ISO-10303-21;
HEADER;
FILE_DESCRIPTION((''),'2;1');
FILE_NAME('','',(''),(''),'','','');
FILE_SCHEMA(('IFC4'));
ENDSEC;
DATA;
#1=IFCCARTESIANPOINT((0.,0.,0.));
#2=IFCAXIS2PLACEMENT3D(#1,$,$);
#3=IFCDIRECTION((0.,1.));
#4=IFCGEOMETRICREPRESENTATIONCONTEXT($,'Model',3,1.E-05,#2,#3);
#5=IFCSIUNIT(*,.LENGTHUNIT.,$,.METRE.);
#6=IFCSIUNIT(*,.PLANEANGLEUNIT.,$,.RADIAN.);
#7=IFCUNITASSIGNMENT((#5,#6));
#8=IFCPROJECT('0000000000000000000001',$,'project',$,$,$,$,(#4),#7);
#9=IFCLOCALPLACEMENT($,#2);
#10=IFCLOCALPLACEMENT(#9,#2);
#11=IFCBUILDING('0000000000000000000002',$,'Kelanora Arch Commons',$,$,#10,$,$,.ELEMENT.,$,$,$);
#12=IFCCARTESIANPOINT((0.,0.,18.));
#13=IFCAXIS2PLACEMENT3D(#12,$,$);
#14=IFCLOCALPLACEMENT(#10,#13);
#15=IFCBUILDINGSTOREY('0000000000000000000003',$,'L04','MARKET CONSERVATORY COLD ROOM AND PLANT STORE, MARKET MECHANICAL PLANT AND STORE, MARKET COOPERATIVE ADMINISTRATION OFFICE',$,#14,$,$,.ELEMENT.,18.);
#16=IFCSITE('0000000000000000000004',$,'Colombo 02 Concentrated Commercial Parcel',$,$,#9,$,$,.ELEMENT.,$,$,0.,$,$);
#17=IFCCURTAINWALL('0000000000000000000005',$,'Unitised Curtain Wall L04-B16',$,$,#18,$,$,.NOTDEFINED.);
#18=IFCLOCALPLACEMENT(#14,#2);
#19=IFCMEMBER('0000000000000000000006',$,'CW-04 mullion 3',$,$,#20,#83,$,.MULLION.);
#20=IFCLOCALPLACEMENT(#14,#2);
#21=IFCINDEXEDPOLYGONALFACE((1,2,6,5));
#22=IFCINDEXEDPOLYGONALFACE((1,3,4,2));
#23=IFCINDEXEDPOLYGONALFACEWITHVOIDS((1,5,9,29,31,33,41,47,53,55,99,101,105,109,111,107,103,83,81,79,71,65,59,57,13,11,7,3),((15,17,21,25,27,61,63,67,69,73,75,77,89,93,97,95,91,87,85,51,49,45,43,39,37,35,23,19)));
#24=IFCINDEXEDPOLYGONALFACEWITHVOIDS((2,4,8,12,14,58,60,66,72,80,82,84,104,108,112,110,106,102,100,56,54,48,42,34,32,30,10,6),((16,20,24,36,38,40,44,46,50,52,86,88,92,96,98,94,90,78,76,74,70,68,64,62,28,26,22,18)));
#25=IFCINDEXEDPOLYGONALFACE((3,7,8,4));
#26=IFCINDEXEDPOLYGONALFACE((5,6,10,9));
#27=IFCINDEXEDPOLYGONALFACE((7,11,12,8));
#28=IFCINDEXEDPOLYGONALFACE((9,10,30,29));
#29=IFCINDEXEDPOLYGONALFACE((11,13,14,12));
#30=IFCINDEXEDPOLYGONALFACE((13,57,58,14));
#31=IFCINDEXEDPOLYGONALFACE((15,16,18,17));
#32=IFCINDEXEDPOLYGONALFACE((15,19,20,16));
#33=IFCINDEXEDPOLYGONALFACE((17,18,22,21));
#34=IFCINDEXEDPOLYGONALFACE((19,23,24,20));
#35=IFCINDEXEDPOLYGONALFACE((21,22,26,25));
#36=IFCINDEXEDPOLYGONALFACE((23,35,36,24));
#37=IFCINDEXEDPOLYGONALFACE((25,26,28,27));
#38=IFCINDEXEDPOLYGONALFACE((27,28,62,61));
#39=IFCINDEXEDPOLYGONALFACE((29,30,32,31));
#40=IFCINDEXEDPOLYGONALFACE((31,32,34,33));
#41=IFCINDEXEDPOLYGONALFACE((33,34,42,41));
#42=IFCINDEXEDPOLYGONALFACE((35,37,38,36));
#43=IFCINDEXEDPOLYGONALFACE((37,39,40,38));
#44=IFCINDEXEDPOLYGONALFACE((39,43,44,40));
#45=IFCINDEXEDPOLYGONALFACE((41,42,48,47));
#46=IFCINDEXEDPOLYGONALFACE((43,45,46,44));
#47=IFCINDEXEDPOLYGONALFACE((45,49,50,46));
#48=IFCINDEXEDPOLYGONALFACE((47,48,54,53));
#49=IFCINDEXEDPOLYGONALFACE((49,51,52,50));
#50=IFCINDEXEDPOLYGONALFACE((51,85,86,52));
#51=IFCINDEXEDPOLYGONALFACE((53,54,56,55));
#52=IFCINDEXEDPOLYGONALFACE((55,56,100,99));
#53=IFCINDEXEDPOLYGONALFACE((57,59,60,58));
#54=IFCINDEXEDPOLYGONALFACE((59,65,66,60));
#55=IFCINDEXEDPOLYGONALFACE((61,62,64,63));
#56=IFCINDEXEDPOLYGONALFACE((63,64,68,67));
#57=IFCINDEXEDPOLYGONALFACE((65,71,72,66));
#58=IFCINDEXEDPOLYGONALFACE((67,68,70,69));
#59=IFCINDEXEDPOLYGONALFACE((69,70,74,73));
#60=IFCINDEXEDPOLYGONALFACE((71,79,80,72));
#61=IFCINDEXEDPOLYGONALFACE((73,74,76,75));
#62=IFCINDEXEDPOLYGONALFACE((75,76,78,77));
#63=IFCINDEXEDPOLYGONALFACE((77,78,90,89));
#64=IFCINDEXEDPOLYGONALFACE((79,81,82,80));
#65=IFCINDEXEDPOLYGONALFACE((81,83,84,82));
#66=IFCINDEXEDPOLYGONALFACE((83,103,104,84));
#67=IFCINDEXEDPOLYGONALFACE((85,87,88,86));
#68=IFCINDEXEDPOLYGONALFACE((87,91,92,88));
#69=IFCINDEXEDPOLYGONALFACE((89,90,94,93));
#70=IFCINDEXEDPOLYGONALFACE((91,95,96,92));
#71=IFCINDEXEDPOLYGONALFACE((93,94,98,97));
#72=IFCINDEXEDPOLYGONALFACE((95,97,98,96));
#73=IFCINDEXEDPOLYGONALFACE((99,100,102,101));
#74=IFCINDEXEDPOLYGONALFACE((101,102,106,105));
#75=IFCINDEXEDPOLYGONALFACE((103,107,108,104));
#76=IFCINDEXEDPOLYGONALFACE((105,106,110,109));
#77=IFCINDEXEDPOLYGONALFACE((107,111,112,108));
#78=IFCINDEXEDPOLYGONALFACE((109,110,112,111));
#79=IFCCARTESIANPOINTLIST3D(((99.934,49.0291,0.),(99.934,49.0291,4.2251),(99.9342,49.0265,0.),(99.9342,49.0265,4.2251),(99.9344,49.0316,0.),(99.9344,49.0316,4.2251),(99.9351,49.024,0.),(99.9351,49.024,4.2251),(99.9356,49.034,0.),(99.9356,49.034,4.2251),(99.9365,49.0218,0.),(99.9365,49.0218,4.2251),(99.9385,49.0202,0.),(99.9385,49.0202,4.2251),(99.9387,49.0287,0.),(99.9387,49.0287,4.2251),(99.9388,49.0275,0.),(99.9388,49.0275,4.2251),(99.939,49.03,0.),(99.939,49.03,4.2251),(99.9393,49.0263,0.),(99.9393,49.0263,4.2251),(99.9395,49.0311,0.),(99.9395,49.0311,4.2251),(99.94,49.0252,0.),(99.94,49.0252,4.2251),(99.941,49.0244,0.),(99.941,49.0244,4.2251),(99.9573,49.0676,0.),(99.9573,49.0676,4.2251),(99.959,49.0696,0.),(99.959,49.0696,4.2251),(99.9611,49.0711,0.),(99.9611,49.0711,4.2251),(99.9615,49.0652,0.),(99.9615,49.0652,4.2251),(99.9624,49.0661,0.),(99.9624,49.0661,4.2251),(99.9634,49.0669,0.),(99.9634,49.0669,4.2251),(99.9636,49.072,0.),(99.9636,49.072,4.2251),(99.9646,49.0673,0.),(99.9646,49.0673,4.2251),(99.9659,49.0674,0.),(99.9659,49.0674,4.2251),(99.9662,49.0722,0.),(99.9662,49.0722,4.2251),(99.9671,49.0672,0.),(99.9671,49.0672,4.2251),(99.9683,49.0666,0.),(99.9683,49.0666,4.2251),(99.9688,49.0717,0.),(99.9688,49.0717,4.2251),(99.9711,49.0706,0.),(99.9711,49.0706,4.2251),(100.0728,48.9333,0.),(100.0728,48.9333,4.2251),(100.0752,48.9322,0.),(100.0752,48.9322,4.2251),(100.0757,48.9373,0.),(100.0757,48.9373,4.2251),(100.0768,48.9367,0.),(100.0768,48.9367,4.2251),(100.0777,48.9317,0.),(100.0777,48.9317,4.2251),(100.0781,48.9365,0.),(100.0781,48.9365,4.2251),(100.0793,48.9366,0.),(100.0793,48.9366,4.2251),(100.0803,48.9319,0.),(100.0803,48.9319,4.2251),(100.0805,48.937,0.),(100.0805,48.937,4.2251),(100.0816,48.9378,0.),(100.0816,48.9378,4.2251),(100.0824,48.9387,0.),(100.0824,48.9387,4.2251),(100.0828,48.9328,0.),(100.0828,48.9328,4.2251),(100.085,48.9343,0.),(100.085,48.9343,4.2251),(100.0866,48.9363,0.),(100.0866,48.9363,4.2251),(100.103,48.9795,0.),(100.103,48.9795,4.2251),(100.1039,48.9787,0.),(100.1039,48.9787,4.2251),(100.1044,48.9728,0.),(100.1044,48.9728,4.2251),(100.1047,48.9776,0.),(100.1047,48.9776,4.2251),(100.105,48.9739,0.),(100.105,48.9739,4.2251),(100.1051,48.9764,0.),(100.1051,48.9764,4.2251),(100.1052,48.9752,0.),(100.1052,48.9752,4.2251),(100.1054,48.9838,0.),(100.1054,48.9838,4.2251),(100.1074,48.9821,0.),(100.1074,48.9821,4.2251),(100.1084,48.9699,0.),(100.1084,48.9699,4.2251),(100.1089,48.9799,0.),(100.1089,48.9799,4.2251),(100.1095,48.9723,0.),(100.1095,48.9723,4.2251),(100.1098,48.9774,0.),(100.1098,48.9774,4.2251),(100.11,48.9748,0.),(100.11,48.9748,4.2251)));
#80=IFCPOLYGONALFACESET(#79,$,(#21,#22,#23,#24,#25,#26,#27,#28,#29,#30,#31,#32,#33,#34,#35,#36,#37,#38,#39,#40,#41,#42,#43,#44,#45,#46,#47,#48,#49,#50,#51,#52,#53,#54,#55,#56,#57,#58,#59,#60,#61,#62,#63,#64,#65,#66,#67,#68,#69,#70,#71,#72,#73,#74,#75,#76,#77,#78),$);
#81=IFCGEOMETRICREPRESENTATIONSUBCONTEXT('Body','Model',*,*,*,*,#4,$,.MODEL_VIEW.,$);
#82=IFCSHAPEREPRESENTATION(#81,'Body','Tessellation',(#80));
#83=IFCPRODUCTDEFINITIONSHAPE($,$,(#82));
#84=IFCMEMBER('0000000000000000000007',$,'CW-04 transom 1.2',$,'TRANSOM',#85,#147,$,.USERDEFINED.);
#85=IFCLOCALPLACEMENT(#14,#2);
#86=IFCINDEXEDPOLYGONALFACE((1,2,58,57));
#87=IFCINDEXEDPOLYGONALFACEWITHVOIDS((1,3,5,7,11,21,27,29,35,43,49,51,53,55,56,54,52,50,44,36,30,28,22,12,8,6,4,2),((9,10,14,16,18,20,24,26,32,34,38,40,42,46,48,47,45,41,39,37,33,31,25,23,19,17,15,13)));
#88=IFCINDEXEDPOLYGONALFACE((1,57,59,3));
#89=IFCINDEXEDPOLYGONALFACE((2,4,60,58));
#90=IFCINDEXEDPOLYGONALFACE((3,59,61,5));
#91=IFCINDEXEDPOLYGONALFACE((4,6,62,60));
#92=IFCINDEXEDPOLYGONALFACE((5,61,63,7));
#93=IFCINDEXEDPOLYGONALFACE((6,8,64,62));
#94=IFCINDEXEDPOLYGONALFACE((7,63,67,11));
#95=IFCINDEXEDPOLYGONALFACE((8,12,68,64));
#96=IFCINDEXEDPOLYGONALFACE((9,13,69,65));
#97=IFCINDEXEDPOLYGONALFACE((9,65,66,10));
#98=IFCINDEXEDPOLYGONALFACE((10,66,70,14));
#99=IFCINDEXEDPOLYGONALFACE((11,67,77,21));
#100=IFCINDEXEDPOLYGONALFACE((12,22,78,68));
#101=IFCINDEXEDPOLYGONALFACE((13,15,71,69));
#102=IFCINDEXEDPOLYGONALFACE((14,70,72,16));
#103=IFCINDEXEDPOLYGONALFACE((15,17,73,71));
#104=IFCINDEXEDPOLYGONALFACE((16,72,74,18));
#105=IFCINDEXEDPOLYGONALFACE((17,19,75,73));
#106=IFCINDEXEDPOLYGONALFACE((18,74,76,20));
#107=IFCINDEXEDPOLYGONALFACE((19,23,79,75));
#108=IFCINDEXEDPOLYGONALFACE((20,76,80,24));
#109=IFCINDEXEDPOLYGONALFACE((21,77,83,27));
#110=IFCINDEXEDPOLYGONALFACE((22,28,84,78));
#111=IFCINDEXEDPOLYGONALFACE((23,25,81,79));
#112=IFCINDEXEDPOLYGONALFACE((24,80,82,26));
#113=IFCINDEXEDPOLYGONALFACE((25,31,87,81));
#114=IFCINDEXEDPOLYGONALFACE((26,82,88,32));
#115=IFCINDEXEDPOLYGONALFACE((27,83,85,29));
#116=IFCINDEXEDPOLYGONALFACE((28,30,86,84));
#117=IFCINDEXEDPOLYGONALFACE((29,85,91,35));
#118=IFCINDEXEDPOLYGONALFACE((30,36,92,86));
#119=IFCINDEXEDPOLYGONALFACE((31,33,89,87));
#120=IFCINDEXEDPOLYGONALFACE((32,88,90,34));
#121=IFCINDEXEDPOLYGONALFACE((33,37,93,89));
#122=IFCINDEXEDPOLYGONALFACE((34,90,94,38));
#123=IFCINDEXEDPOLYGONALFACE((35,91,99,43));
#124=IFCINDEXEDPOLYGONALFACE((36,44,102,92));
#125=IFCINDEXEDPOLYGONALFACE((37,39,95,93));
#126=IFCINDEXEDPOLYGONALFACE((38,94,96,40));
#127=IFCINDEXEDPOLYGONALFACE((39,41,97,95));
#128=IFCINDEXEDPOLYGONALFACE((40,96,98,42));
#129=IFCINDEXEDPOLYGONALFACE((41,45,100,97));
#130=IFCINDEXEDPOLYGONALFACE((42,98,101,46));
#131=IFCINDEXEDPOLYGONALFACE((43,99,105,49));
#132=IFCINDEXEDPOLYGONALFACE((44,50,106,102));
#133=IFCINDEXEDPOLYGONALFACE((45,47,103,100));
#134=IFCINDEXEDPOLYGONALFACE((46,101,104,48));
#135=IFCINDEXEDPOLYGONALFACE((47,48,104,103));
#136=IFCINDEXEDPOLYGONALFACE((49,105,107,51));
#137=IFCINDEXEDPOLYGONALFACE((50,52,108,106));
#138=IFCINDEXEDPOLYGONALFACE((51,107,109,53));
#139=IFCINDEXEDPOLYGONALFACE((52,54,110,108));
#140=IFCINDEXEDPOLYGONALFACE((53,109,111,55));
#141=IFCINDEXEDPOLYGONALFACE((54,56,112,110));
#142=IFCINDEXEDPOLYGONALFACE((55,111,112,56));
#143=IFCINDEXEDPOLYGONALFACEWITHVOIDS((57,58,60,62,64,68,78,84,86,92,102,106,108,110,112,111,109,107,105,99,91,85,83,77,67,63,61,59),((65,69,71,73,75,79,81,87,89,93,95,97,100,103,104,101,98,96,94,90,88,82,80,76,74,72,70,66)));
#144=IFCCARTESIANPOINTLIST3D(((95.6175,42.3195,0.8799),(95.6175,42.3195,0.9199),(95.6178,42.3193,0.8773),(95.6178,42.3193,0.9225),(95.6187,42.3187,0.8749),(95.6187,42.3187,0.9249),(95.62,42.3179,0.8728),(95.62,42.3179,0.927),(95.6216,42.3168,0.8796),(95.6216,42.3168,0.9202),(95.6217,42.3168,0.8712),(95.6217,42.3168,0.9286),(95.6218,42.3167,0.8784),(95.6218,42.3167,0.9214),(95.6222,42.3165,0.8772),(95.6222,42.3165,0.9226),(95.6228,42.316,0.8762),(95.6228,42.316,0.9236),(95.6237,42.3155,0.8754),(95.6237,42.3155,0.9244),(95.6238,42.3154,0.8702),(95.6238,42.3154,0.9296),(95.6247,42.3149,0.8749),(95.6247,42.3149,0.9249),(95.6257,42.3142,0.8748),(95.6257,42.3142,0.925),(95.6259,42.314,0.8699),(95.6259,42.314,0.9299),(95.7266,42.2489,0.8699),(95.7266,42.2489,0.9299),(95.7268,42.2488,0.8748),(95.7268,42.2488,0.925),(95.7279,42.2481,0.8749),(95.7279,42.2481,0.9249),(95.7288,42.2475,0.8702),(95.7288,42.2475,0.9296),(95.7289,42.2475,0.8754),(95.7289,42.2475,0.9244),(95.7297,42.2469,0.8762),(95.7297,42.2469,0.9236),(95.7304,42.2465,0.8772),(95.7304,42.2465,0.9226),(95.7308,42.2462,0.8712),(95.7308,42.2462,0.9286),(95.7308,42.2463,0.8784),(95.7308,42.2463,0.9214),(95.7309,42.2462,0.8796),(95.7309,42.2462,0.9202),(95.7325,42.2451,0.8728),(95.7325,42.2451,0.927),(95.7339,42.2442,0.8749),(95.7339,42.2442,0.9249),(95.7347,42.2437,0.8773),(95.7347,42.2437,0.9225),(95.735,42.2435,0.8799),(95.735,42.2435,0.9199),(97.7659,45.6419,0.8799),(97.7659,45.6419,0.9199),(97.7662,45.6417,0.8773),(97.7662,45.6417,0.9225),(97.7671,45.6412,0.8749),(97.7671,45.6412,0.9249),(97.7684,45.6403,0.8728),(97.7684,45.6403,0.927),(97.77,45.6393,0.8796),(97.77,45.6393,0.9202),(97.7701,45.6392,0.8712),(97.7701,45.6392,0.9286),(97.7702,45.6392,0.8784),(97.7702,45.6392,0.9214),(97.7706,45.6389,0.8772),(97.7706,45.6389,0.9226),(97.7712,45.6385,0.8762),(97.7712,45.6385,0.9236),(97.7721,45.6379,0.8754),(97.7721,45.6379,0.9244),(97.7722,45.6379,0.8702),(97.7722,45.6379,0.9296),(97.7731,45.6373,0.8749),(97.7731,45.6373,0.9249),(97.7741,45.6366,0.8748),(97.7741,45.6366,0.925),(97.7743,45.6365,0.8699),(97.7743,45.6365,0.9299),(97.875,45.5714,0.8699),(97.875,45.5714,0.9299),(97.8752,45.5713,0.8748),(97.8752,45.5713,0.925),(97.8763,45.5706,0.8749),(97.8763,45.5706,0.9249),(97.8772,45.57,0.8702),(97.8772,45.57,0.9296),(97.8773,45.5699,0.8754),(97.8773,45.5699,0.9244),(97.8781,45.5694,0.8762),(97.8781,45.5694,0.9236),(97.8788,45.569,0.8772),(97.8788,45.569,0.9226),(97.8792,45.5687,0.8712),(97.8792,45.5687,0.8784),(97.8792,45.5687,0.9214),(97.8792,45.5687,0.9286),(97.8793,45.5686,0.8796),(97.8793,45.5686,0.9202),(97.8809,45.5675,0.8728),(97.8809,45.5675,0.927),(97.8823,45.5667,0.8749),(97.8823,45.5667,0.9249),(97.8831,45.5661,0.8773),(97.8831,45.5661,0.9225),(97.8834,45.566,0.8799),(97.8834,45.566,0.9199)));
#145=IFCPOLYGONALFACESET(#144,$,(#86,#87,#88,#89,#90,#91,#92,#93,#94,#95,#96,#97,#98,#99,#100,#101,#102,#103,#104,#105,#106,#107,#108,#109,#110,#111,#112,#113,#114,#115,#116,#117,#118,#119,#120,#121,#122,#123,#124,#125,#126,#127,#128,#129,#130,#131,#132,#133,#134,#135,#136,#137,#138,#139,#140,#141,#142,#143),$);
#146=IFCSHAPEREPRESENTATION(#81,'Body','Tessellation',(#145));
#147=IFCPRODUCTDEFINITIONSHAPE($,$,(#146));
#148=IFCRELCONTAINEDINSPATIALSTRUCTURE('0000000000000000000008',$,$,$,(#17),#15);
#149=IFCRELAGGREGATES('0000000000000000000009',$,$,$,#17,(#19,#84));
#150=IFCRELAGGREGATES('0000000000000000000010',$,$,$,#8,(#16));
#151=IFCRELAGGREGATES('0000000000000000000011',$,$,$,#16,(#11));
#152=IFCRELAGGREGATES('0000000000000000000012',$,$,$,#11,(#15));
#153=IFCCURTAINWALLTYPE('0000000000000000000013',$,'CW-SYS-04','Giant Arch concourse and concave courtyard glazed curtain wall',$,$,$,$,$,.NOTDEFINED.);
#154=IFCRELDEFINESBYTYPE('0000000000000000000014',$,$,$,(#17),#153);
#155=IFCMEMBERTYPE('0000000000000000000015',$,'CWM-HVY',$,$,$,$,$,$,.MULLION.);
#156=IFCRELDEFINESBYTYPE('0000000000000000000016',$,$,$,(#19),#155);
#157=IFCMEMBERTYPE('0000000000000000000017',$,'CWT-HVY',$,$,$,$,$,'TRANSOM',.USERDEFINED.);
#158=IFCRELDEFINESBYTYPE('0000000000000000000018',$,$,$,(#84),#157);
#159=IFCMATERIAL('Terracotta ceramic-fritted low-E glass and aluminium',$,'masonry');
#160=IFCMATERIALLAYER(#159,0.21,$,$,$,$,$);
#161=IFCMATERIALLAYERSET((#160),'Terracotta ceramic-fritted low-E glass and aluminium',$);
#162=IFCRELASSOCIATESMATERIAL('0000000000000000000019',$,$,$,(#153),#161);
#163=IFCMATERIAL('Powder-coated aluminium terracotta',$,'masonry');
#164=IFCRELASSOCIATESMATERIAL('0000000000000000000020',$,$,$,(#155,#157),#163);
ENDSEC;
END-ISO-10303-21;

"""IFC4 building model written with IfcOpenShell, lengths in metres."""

from ifc_helpers import new_model, si_unit, direction, frame, origin, origin_2d, place, context, subcontext, project, spatial, hollow_rectangle, extrude, material, layer, layer_set, material_profile, profile_set, type_object, element, aggregate, save


model = new_model("IFC4")

# Units and contexts
model_context = context("Model", 3, precision=1e-05, world=origin(), true_north=direction((0.0, 1.0)))
body_context = subcontext(model_context, "Body", "Model", "MODEL_VIEW")
ifc_project = project(units=[si_unit("LENGTHUNIT", "METRE"), si_unit("PLANEANGLEUNIT", "RADIAN")], contexts=[model_context])

# Site, building, storey
site_placement = place(None, origin())
site = spatial("IfcSite", under=ifc_project, at=site_placement, Name="Colombo 02 Concentrated Commercial Parcel", CompositionType="ELEMENT", RefElevation=0.0)
building_placement = place(site_placement, origin())
building = spatial("IfcBuilding", under=site, at=building_placement, Name="Kelanora Arch Commons", CompositionType="ELEMENT")
storey_placement = place(building_placement, frame((0.0, 0.0, 18.0)))
storey = spatial("IfcBuildingStorey", under=building, at=storey_placement, Name="L04", Description="MARKET CONSERVATORY COLD ROOM AND PLANT STORE, MARKET MECHANICAL PLANT AND STORE, MARKET COOPERATIVE ADMINISTRATION OFFICE", CompositionType="ELEMENT", Elevation=18.0)

# Curtain wall, members
ifc_material_1 = material(Name="Terracotta ceramic-fritted low-E glass and aluminium", Category="masonry")
ifc_layer_1 = layer(ifc_material_1, 0.21)
ifc_layer_set_1 = layer_set([ifc_layer_1], Name="Terracotta ceramic-fritted low-E glass and aluminium")
curtain_wall_type = type_object("IfcCurtainWallType", Name="CW-SYS-04", Description="Giant Arch concourse and concave courtyard glazed curtain wall", PredefinedType="NOTDEFINED", material=ifc_layer_set_1)
curtain_wall_placement = place(storey_placement, origin())
curtain_wall = element("IfcCurtainWall", 1, at=curtain_wall_placement, inside=storey, type_object=curtain_wall_type, Name="Unitised Curtain Wall L04-B16", PredefinedType="NOTDEFINED")
ifc_material_2 = material(Name="Powder-coated aluminium terracotta", Category="masonry")
ifc_material_profile_1 = material_profile(ifc_material_2, hollow_rectangle(XDim=0.1799, YDim=0.0601, WallThickness=0.0049, InnerFilletRadius=0.0049, OuterFilletRadius=0.01, at=origin_2d()), Name="CWM180x60")
ifc_profile_set_1 = profile_set([ifc_material_profile_1], Name="Powder-coated aluminium terracotta")
member_type_1 = type_object("IfcMemberType", Name="CWM-HVY", PredefinedType="MULLION", material=ifc_profile_set_1)
member_1_placement = place(storey_placement, frame((100.022, 49.002, 0.0), z_axis=(0.0, 0.0, 1.0), x_axis=(-0.839729, 0.543006, 0.0)))
member_1 = element("IfcMember", 2, at=member_1_placement, type_object=member_type_1, Name="CW-04 mullion 3", PredefinedType="MULLION", context=body_context, shape_type="SweptSolid", body=[
    extrude(hollow_rectangle(XDim=0.1799, YDim=0.0601, WallThickness=0.0049, InnerFilletRadius=0.0049, OuterFilletRadius=0.01, at=origin_2d()), origin(), (0.0, 0.0, 1.0), 4.2251),
])
ifc_material_profile_2 = material_profile(ifc_material_2, hollow_rectangle(XDim=0.1399, YDim=0.0601, WallThickness=0.0049, InnerFilletRadius=0.0049, OuterFilletRadius=0.01, at=origin_2d()), Name="CWT140x60")
ifc_profile_set_2 = profile_set([ifc_material_profile_2], Name="Powder-coated aluminium terracotta")
member_type_2 = type_object("IfcMemberType", Name="CWT-HVY", ElementType="TRANSOM", PredefinedType="USERDEFINED", material=ifc_profile_set_2)
member_2_placement = place(storey_placement, frame((95.6763, 42.2815, 0.8999), z_axis=(0.542998, 0.839734, 0.0), x_axis=(-0.839734, 0.542998, 0.0)))
member_2 = element("IfcMember", 3, at=member_2_placement, type_object=member_type_2, Name="CW-04 transom 1.2", ObjectType="TRANSOM", PredefinedType="USERDEFINED", context=body_context, shape_type="SweptSolid", body=[
    extrude(hollow_rectangle(XDim=0.1399, YDim=0.0601, WallThickness=0.0049, InnerFilletRadius=0.0049, OuterFilletRadius=0.01, at=origin_2d()), origin(), (0.0, 0.0, 1.0), 3.9565),
])
aggregate(curtain_wall, [member_1, member_2])

save(model, "model.ifc")
